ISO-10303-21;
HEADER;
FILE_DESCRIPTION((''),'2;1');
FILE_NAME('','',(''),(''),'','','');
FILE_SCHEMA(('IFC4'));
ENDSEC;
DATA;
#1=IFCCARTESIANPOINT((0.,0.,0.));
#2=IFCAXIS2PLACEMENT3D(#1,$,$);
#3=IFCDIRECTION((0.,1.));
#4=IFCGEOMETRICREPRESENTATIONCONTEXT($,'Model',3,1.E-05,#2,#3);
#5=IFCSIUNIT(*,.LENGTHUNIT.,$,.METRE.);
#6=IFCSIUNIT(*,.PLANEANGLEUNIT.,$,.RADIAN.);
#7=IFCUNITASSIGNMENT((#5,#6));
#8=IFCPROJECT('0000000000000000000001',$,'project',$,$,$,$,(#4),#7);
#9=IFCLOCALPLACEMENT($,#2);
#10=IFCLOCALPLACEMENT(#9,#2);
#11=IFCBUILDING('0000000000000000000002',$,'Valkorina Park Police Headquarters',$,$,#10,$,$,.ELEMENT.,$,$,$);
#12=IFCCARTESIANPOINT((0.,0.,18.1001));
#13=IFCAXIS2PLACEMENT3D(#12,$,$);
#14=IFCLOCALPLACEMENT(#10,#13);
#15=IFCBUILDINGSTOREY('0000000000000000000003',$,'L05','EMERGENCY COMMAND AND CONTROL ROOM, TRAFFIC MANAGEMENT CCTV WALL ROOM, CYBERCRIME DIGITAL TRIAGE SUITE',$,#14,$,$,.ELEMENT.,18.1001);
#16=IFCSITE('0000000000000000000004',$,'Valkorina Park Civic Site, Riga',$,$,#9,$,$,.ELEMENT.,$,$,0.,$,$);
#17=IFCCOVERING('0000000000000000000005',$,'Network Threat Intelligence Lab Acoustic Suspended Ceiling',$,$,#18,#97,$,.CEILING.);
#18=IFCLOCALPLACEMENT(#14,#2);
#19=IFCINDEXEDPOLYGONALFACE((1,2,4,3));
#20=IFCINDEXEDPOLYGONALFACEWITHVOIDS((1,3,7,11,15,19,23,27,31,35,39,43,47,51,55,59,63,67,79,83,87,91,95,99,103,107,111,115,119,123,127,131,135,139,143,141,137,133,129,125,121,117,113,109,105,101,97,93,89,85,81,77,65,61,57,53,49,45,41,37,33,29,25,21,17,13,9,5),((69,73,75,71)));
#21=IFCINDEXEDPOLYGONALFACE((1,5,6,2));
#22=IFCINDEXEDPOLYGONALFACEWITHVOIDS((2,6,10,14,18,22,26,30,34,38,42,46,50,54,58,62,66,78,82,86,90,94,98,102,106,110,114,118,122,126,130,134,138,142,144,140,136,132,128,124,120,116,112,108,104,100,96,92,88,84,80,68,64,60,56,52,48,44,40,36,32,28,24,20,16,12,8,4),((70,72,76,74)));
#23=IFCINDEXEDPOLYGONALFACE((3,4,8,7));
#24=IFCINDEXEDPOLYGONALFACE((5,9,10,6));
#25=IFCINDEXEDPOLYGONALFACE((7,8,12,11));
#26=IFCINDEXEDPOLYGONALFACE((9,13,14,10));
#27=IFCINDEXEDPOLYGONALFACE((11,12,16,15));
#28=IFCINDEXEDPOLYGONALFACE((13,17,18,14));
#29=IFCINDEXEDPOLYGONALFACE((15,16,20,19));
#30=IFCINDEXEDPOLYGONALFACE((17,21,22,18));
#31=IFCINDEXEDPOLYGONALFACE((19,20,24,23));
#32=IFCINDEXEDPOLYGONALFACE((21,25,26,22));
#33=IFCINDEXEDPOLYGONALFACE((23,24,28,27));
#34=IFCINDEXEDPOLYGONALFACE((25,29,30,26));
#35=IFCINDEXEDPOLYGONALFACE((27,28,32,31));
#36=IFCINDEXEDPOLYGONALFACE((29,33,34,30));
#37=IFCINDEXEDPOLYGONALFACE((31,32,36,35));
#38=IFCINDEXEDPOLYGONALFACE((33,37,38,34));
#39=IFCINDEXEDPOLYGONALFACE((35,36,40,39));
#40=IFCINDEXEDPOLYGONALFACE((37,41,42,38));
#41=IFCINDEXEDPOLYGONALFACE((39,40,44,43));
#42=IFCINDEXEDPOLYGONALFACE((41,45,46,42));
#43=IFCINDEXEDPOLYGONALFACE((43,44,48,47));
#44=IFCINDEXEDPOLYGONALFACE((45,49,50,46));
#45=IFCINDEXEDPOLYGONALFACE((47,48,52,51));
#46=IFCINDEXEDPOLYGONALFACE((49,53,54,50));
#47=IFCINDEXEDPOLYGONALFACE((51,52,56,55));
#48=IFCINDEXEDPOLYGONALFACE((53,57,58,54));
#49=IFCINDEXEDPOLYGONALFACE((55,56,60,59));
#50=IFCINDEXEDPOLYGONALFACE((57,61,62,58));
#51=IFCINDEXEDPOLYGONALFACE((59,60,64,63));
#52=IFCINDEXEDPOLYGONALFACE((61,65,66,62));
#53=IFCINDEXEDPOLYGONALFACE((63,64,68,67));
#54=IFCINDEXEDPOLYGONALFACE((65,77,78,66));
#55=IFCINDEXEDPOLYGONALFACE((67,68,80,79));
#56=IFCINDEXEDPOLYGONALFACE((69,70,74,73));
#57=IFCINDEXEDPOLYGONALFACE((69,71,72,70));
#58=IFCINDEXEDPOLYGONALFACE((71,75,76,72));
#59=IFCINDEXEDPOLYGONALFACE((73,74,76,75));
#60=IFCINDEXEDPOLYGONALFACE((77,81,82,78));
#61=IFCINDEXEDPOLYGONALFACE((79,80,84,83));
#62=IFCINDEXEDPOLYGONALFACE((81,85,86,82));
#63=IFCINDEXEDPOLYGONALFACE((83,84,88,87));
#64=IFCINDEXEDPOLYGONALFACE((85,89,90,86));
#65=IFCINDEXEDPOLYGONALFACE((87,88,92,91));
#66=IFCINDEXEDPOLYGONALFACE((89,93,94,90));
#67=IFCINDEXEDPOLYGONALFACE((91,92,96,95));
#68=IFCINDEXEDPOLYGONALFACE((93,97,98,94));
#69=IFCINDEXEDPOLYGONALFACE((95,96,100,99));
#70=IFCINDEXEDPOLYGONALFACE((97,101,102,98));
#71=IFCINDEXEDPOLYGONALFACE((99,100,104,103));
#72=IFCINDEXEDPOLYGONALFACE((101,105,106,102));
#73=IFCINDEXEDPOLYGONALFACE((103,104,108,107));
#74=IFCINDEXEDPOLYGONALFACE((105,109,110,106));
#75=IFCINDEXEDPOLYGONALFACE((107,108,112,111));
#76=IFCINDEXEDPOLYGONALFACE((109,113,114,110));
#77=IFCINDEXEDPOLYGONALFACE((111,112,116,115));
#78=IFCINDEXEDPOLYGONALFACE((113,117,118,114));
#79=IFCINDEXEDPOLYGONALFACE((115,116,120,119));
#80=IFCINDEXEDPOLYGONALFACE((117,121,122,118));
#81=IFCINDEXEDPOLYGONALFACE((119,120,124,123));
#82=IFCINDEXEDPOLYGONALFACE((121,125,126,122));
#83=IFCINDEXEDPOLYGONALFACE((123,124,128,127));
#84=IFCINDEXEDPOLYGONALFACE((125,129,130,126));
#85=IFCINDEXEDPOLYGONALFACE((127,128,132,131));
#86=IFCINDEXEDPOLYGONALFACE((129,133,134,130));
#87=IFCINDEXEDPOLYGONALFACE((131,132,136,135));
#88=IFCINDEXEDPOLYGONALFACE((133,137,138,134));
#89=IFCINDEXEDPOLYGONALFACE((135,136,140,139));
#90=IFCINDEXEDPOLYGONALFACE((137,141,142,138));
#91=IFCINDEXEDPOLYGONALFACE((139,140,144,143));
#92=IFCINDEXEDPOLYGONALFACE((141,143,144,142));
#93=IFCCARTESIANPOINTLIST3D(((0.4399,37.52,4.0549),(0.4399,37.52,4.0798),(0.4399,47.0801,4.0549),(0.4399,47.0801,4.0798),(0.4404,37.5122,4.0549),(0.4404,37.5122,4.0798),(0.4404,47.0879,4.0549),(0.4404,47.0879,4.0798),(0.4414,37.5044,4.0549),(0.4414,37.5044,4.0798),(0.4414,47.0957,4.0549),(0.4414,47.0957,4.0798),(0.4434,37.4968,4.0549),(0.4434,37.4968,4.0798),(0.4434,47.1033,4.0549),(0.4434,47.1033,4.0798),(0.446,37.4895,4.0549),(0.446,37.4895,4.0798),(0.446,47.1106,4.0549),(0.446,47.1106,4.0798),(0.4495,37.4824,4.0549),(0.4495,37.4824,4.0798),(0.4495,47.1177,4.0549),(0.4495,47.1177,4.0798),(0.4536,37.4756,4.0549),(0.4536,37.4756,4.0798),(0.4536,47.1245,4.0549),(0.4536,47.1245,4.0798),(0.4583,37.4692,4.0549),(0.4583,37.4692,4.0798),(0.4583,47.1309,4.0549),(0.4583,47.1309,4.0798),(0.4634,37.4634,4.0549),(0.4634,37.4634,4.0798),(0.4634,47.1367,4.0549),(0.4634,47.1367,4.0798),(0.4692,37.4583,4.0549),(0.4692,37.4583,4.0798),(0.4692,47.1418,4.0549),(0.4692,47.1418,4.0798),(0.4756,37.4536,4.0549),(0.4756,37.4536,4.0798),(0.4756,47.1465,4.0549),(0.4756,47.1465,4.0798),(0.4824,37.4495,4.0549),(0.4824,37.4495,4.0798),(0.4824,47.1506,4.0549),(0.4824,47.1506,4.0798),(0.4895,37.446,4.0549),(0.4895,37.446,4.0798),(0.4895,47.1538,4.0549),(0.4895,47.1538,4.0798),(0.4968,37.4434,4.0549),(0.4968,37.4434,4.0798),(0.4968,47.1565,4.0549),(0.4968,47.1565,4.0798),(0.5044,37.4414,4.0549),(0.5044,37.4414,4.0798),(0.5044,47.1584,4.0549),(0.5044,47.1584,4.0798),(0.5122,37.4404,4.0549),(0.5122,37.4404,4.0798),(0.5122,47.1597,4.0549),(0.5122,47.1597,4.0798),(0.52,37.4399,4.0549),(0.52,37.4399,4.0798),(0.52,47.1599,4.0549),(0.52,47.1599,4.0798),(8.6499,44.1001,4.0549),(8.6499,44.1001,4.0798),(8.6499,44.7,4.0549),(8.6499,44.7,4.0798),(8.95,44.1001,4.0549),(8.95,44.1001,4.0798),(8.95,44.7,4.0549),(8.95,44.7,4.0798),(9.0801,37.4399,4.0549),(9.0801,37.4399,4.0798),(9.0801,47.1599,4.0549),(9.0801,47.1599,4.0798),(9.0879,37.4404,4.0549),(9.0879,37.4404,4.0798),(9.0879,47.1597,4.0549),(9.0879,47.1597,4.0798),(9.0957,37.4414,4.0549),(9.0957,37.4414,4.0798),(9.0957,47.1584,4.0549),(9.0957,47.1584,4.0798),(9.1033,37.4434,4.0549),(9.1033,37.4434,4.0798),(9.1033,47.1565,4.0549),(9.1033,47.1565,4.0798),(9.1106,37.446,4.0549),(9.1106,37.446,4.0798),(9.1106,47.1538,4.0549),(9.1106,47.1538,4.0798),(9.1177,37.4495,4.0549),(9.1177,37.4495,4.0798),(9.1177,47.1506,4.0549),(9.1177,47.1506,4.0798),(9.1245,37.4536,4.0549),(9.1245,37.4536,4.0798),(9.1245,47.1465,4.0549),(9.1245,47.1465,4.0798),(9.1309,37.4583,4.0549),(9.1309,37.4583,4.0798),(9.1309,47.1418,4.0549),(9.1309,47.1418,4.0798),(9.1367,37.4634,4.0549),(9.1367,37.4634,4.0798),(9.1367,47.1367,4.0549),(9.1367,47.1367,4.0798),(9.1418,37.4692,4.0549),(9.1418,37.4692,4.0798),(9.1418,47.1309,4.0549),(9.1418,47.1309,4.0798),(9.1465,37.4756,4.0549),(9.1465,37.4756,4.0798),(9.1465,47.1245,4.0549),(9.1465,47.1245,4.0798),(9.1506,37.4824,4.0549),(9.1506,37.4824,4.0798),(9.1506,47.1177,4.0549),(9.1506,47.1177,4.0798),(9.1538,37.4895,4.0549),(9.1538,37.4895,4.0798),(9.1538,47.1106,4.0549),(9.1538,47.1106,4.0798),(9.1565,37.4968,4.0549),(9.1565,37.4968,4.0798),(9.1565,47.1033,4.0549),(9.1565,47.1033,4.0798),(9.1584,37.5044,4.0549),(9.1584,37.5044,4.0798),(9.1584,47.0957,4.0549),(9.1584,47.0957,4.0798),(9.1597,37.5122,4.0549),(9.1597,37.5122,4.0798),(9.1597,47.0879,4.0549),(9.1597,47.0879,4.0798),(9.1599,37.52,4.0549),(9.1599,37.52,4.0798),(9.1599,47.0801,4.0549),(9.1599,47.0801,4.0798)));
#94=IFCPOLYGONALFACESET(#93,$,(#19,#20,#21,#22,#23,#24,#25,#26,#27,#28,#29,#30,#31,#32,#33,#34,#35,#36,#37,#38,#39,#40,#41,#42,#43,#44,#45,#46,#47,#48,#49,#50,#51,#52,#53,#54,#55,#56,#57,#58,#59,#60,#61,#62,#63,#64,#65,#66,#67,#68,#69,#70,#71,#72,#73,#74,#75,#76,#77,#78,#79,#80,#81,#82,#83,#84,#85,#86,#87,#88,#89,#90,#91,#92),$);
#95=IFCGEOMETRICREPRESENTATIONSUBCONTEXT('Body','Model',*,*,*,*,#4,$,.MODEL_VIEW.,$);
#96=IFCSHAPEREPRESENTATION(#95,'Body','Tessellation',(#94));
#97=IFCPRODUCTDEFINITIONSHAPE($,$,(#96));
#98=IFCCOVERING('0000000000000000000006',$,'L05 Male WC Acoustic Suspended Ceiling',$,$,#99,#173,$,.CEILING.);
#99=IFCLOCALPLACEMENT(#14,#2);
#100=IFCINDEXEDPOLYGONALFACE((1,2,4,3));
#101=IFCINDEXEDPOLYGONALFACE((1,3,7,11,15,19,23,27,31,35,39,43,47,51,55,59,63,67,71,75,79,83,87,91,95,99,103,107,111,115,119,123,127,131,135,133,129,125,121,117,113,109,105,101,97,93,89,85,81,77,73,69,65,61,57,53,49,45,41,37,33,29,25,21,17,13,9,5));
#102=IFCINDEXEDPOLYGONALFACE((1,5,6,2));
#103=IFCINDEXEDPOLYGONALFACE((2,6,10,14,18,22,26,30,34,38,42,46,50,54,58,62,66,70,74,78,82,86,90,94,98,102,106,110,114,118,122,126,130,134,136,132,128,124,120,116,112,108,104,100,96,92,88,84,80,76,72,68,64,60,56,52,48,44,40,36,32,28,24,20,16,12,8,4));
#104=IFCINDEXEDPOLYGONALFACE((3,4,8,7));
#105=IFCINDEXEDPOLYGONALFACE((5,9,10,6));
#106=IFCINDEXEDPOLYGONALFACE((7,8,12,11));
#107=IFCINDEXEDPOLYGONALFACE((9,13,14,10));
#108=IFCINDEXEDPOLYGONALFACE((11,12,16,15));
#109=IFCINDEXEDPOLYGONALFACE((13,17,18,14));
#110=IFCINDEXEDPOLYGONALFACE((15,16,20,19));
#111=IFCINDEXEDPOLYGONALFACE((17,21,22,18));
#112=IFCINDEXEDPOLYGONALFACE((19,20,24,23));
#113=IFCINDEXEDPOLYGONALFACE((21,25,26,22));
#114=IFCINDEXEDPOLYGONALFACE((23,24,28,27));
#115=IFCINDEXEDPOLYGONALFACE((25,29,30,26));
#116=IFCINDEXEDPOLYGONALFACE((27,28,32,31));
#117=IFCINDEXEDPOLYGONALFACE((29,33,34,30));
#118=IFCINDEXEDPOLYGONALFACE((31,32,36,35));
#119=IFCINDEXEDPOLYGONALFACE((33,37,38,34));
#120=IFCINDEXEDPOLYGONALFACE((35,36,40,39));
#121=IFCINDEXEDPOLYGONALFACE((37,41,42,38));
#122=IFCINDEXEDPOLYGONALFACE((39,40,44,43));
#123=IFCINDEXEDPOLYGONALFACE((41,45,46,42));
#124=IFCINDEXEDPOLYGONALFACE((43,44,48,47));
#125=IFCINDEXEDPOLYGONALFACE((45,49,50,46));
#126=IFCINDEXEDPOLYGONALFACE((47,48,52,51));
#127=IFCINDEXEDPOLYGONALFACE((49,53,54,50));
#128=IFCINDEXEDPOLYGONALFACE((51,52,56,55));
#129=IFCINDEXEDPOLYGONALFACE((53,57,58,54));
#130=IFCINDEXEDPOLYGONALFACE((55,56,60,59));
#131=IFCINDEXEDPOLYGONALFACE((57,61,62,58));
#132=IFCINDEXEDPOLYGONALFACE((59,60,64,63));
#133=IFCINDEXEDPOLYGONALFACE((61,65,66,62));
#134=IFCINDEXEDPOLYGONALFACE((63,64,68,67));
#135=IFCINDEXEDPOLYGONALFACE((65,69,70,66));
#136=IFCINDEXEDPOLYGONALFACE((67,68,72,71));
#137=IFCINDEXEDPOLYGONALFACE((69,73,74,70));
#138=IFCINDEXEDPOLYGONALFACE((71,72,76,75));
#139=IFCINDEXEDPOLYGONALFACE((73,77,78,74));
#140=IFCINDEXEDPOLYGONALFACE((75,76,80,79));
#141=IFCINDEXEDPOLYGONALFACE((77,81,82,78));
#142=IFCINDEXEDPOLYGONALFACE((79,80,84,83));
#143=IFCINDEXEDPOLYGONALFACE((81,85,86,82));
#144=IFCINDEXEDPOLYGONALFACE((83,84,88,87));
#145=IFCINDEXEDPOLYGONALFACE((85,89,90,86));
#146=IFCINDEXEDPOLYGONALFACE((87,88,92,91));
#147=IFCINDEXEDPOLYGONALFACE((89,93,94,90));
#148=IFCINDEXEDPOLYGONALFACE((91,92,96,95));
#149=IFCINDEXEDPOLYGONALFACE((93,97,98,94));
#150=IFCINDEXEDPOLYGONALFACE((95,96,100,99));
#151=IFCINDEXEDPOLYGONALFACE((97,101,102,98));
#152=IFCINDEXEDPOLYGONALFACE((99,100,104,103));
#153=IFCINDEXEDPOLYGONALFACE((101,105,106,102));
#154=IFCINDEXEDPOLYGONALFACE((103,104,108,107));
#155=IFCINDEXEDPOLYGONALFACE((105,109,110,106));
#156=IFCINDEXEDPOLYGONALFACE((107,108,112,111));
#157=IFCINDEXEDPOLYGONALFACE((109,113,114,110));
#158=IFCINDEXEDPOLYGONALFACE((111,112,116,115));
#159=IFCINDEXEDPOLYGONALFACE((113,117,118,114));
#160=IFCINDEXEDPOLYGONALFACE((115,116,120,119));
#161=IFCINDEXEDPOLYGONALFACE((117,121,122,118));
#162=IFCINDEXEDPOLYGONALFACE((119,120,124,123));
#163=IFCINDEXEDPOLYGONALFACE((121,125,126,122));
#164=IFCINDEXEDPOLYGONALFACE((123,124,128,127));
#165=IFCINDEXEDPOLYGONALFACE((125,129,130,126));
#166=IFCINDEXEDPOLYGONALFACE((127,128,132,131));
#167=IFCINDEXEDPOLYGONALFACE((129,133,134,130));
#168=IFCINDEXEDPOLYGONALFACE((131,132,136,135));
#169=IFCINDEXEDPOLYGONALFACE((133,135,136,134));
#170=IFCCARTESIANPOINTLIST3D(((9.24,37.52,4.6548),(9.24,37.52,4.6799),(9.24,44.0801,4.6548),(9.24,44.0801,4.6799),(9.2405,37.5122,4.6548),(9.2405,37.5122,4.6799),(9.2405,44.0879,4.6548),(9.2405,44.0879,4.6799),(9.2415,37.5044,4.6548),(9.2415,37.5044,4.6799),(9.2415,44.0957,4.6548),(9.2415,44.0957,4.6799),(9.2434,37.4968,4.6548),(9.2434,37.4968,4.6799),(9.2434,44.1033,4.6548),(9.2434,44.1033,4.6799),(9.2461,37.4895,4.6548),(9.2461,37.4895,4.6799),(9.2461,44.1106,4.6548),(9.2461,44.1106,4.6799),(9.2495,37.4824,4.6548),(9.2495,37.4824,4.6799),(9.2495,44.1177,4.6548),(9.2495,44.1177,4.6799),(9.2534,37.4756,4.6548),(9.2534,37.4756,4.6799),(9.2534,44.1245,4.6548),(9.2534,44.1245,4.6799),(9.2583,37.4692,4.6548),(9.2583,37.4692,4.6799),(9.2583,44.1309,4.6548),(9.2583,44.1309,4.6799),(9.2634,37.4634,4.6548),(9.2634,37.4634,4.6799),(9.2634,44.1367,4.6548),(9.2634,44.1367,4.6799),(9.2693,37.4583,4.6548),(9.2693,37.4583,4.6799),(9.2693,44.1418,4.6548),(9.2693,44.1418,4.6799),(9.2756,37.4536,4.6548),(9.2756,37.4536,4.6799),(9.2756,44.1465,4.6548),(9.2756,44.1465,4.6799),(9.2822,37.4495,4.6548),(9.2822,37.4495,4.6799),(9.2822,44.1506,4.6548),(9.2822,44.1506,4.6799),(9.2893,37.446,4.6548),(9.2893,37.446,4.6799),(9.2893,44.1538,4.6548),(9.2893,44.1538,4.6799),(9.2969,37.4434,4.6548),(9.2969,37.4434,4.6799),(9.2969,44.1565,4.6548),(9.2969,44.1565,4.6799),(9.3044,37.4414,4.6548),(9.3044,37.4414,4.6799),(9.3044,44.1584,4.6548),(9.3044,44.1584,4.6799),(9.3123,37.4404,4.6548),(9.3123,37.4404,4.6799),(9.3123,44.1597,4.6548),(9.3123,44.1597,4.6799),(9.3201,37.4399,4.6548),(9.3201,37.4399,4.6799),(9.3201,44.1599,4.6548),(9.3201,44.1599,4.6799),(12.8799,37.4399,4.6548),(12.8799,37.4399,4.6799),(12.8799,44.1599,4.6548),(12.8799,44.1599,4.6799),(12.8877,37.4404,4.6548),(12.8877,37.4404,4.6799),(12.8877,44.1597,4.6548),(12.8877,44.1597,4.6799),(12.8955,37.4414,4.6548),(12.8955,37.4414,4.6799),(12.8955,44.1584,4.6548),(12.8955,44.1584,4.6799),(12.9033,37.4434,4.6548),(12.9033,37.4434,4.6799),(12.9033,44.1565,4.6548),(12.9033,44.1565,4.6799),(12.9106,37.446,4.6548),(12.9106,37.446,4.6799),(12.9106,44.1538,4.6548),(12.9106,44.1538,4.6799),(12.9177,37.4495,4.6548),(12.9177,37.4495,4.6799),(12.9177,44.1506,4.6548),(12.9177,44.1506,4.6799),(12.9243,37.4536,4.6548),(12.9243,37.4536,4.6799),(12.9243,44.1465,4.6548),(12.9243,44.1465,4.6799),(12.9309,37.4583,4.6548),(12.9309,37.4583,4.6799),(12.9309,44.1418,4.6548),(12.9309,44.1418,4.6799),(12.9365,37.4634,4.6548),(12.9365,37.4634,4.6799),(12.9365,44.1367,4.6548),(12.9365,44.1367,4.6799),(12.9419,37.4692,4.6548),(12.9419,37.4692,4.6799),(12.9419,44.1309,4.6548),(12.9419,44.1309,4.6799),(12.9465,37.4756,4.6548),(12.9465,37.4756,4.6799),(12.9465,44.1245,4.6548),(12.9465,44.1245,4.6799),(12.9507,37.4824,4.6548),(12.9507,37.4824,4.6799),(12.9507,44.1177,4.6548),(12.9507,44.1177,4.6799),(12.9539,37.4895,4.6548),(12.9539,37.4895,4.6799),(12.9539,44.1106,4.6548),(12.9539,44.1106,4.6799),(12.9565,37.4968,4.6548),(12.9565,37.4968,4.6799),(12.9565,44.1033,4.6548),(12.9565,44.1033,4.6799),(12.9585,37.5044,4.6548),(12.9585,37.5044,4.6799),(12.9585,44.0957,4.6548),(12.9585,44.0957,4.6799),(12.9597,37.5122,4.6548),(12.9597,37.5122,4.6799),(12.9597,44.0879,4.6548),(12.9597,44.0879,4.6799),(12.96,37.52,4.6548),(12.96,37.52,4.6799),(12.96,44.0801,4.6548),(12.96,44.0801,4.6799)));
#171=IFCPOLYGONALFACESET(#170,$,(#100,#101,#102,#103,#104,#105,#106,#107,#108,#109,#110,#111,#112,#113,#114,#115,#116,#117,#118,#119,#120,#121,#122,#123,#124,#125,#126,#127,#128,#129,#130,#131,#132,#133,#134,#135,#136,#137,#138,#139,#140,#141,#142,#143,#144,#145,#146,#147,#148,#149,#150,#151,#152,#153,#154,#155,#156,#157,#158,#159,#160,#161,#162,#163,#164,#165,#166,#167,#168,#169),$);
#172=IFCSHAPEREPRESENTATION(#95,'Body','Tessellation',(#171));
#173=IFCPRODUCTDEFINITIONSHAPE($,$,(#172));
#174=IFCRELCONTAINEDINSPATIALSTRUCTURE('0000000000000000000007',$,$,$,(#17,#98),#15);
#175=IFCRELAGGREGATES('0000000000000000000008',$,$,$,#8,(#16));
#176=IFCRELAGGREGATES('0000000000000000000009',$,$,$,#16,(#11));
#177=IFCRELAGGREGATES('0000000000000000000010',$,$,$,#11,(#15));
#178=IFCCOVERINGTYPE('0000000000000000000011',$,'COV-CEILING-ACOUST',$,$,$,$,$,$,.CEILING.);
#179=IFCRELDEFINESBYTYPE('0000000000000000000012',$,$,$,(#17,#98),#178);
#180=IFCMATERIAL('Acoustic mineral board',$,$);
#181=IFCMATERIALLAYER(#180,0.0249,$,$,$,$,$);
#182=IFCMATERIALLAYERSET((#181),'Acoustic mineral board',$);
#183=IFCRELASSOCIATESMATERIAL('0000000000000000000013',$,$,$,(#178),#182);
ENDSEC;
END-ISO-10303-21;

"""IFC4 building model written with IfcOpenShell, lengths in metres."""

from ifc_helpers import new_model, si_unit, direction, frame, origin, place, context, subcontext, project, spatial, polyline, outline, extrude, material, layer, layer_set, type_object, element, save


model = new_model("IFC4")

# Units and contexts
model_context = context("Model", 3, precision=1e-05, world=origin(), true_north=direction((0.0, 1.0)))
body_context = subcontext(model_context, "Body", "Model", "MODEL_VIEW")
ifc_project = project(units=[si_unit("LENGTHUNIT", "METRE"), si_unit("PLANEANGLEUNIT", "RADIAN")], contexts=[model_context])

# Site, building, storey
site_placement = place(None, origin())
site = spatial("IfcSite", under=ifc_project, at=site_placement, Name="Valkorina Park Civic Site, Riga", CompositionType="ELEMENT", RefElevation=0.0)
building_placement = place(site_placement, origin())
building = spatial("IfcBuilding", under=site, at=building_placement, Name="Valkorina Park Police Headquarters", CompositionType="ELEMENT")
storey_placement = place(building_placement, frame((0.0, 0.0, 18.1001)))
storey = spatial("IfcBuildingStorey", under=building, at=storey_placement, Name="L05", Description="EMERGENCY COMMAND AND CONTROL ROOM, TRAFFIC MANAGEMENT CCTV WALL ROOM, CYBERCRIME DIGITAL TRIAGE SUITE", CompositionType="ELEMENT", Elevation=18.1001)

# Coverings
ifc_material_1 = material(Name="Acoustic mineral board")
ifc_layer_1 = layer(ifc_material_1, 0.0249)
ifc_layer_set_1 = layer_set([ifc_layer_1], Name="Acoustic mineral board")
covering_type_1 = type_object("IfcCoveringType", Name="COV-CEILING-ACOUST", PredefinedType="CEILING", material=ifc_layer_set_1)
covering_1_placement = place(storey_placement, frame((0.0, 0.0, 4.0549)))
element("IfcCovering", 1, at=covering_1_placement, inside=storey, type_object=covering_type_1, Name="Network Threat Intelligence Lab Acoustic Suspended Ceiling", PredefinedType="CEILING", context=body_context, shape_type="SweptSolid", body=[
    extrude(outline(polyline([(9.0957, 47.1584), (9.0879, 47.1597), (9.0801, 47.1599), (0.52, 47.1599), (0.5122, 47.1597), (0.5044, 47.1584), (0.4968, 47.1565), (0.4895, 47.1538), (0.4824, 47.1506), (0.4756, 47.1465), (0.4692, 47.1418), (0.4634, 47.1367), (0.4583, 47.1309), (0.4536, 47.1245), (0.4495, 47.1177), (0.446, 47.1106), (0.4434, 47.1033), (0.4414, 47.0957), (0.4404, 47.0879), (0.4399, 47.0801), (0.4399, 37.52), (0.4404, 37.5122), (0.4414, 37.5044), (0.4434, 37.4968), (0.446, 37.4895), (0.4495, 37.4824), (0.4536, 37.4756), (0.4583, 37.4692), (0.4634, 37.4634), (0.4692, 37.4583), (0.4756, 37.4536), (0.4824, 37.4495), (0.4895, 37.446), (0.4968, 37.4434), (0.5044, 37.4414), (0.5122, 37.4404), (0.52, 37.4399), (9.0801, 37.4399), (9.0879, 37.4404), (9.0957, 37.4414), (9.1033, 37.4434), (9.1106, 37.446), (9.1177, 37.4495), (9.1245, 37.4536), (9.1309, 37.4583), (9.1367, 37.4634), (9.1418, 37.4692), (9.1465, 37.4756), (9.1506, 37.4824), (9.1538, 37.4895), (9.1565, 37.4968), (9.1584, 37.5044), (9.1597, 37.5122), (9.1599, 37.52), (9.1599, 47.0801), (9.1597, 47.0879), (9.1584, 47.0957), (9.1565, 47.1033), (9.1538, 47.1106), (9.1506, 47.1177), (9.1465, 47.1245), (9.1418, 47.1309), (9.1367, 47.1367), (9.1309, 47.1418), (9.1245, 47.1465), (9.1177, 47.1506), (9.1106, 47.1538), (9.1033, 47.1565), (9.0957, 47.1584)]), holes=[polyline([(8.6499, 44.7), (8.95, 44.7), (8.95, 44.1001), (8.6499, 44.1001), (8.6499, 44.7)])]), origin(), (0.0, 0.0, 1.0), 0.0249),
])
covering_2_placement = place(storey_placement, frame((0.0, 0.0, 4.6548)))
element("IfcCovering", 2, at=covering_2_placement, inside=storey, type_object=covering_type_1, Name="L05 Male WC Acoustic Suspended Ceiling", PredefinedType="CEILING", context=body_context, shape_type="SweptSolid", body=[
    extrude(outline(polyline([(12.8955, 44.1584), (12.8877, 44.1597), (12.8799, 44.1599), (9.3201, 44.1599), (9.3123, 44.1597), (9.3044, 44.1584), (9.2969, 44.1565), (9.2893, 44.1538), (9.2822, 44.1506), (9.2756, 44.1465), (9.2693, 44.1418), (9.2634, 44.1367), (9.2583, 44.1309), (9.2534, 44.1245), (9.2495, 44.1177), (9.2461, 44.1106), (9.2434, 44.1033), (9.2415, 44.0957), (9.2405, 44.0879), (9.24, 44.0801), (9.24, 37.52), (9.2405, 37.5122), (9.2415, 37.5044), (9.2434, 37.4968), (9.2461, 37.4895), (9.2495, 37.4824), (9.2534, 37.4756), (9.2583, 37.4692), (9.2634, 37.4634), (9.2693, 37.4583), (9.2756, 37.4536), (9.2822, 37.4495), (9.2893, 37.446), (9.2969, 37.4434), (9.3044, 37.4414), (9.3123, 37.4404), (9.3201, 37.4399), (12.8799, 37.4399), (12.8877, 37.4404), (12.8955, 37.4414), (12.9033, 37.4434), (12.9106, 37.446), (12.9177, 37.4495), (12.9243, 37.4536), (12.9309, 37.4583), (12.9365, 37.4634), (12.9419, 37.4692), (12.9465, 37.4756), (12.9507, 37.4824), (12.9539, 37.4895), (12.9565, 37.4968), (12.9585, 37.5044), (12.9597, 37.5122), (12.96, 37.52), (12.96, 44.0801), (12.9597, 44.0879), (12.9585, 44.0957), (12.9565, 44.1033), (12.9539, 44.1106), (12.9507, 44.1177), (12.9465, 44.1245), (12.9419, 44.1309), (12.9365, 44.1367), (12.9309, 44.1418), (12.9243, 44.1465), (12.9177, 44.1506), (12.9106, 44.1538), (12.9033, 44.1565), (12.8955, 44.1584)])), origin(), (0.0, 0.0, 1.0), 0.0251),
])

save(model, "model.ifc")
